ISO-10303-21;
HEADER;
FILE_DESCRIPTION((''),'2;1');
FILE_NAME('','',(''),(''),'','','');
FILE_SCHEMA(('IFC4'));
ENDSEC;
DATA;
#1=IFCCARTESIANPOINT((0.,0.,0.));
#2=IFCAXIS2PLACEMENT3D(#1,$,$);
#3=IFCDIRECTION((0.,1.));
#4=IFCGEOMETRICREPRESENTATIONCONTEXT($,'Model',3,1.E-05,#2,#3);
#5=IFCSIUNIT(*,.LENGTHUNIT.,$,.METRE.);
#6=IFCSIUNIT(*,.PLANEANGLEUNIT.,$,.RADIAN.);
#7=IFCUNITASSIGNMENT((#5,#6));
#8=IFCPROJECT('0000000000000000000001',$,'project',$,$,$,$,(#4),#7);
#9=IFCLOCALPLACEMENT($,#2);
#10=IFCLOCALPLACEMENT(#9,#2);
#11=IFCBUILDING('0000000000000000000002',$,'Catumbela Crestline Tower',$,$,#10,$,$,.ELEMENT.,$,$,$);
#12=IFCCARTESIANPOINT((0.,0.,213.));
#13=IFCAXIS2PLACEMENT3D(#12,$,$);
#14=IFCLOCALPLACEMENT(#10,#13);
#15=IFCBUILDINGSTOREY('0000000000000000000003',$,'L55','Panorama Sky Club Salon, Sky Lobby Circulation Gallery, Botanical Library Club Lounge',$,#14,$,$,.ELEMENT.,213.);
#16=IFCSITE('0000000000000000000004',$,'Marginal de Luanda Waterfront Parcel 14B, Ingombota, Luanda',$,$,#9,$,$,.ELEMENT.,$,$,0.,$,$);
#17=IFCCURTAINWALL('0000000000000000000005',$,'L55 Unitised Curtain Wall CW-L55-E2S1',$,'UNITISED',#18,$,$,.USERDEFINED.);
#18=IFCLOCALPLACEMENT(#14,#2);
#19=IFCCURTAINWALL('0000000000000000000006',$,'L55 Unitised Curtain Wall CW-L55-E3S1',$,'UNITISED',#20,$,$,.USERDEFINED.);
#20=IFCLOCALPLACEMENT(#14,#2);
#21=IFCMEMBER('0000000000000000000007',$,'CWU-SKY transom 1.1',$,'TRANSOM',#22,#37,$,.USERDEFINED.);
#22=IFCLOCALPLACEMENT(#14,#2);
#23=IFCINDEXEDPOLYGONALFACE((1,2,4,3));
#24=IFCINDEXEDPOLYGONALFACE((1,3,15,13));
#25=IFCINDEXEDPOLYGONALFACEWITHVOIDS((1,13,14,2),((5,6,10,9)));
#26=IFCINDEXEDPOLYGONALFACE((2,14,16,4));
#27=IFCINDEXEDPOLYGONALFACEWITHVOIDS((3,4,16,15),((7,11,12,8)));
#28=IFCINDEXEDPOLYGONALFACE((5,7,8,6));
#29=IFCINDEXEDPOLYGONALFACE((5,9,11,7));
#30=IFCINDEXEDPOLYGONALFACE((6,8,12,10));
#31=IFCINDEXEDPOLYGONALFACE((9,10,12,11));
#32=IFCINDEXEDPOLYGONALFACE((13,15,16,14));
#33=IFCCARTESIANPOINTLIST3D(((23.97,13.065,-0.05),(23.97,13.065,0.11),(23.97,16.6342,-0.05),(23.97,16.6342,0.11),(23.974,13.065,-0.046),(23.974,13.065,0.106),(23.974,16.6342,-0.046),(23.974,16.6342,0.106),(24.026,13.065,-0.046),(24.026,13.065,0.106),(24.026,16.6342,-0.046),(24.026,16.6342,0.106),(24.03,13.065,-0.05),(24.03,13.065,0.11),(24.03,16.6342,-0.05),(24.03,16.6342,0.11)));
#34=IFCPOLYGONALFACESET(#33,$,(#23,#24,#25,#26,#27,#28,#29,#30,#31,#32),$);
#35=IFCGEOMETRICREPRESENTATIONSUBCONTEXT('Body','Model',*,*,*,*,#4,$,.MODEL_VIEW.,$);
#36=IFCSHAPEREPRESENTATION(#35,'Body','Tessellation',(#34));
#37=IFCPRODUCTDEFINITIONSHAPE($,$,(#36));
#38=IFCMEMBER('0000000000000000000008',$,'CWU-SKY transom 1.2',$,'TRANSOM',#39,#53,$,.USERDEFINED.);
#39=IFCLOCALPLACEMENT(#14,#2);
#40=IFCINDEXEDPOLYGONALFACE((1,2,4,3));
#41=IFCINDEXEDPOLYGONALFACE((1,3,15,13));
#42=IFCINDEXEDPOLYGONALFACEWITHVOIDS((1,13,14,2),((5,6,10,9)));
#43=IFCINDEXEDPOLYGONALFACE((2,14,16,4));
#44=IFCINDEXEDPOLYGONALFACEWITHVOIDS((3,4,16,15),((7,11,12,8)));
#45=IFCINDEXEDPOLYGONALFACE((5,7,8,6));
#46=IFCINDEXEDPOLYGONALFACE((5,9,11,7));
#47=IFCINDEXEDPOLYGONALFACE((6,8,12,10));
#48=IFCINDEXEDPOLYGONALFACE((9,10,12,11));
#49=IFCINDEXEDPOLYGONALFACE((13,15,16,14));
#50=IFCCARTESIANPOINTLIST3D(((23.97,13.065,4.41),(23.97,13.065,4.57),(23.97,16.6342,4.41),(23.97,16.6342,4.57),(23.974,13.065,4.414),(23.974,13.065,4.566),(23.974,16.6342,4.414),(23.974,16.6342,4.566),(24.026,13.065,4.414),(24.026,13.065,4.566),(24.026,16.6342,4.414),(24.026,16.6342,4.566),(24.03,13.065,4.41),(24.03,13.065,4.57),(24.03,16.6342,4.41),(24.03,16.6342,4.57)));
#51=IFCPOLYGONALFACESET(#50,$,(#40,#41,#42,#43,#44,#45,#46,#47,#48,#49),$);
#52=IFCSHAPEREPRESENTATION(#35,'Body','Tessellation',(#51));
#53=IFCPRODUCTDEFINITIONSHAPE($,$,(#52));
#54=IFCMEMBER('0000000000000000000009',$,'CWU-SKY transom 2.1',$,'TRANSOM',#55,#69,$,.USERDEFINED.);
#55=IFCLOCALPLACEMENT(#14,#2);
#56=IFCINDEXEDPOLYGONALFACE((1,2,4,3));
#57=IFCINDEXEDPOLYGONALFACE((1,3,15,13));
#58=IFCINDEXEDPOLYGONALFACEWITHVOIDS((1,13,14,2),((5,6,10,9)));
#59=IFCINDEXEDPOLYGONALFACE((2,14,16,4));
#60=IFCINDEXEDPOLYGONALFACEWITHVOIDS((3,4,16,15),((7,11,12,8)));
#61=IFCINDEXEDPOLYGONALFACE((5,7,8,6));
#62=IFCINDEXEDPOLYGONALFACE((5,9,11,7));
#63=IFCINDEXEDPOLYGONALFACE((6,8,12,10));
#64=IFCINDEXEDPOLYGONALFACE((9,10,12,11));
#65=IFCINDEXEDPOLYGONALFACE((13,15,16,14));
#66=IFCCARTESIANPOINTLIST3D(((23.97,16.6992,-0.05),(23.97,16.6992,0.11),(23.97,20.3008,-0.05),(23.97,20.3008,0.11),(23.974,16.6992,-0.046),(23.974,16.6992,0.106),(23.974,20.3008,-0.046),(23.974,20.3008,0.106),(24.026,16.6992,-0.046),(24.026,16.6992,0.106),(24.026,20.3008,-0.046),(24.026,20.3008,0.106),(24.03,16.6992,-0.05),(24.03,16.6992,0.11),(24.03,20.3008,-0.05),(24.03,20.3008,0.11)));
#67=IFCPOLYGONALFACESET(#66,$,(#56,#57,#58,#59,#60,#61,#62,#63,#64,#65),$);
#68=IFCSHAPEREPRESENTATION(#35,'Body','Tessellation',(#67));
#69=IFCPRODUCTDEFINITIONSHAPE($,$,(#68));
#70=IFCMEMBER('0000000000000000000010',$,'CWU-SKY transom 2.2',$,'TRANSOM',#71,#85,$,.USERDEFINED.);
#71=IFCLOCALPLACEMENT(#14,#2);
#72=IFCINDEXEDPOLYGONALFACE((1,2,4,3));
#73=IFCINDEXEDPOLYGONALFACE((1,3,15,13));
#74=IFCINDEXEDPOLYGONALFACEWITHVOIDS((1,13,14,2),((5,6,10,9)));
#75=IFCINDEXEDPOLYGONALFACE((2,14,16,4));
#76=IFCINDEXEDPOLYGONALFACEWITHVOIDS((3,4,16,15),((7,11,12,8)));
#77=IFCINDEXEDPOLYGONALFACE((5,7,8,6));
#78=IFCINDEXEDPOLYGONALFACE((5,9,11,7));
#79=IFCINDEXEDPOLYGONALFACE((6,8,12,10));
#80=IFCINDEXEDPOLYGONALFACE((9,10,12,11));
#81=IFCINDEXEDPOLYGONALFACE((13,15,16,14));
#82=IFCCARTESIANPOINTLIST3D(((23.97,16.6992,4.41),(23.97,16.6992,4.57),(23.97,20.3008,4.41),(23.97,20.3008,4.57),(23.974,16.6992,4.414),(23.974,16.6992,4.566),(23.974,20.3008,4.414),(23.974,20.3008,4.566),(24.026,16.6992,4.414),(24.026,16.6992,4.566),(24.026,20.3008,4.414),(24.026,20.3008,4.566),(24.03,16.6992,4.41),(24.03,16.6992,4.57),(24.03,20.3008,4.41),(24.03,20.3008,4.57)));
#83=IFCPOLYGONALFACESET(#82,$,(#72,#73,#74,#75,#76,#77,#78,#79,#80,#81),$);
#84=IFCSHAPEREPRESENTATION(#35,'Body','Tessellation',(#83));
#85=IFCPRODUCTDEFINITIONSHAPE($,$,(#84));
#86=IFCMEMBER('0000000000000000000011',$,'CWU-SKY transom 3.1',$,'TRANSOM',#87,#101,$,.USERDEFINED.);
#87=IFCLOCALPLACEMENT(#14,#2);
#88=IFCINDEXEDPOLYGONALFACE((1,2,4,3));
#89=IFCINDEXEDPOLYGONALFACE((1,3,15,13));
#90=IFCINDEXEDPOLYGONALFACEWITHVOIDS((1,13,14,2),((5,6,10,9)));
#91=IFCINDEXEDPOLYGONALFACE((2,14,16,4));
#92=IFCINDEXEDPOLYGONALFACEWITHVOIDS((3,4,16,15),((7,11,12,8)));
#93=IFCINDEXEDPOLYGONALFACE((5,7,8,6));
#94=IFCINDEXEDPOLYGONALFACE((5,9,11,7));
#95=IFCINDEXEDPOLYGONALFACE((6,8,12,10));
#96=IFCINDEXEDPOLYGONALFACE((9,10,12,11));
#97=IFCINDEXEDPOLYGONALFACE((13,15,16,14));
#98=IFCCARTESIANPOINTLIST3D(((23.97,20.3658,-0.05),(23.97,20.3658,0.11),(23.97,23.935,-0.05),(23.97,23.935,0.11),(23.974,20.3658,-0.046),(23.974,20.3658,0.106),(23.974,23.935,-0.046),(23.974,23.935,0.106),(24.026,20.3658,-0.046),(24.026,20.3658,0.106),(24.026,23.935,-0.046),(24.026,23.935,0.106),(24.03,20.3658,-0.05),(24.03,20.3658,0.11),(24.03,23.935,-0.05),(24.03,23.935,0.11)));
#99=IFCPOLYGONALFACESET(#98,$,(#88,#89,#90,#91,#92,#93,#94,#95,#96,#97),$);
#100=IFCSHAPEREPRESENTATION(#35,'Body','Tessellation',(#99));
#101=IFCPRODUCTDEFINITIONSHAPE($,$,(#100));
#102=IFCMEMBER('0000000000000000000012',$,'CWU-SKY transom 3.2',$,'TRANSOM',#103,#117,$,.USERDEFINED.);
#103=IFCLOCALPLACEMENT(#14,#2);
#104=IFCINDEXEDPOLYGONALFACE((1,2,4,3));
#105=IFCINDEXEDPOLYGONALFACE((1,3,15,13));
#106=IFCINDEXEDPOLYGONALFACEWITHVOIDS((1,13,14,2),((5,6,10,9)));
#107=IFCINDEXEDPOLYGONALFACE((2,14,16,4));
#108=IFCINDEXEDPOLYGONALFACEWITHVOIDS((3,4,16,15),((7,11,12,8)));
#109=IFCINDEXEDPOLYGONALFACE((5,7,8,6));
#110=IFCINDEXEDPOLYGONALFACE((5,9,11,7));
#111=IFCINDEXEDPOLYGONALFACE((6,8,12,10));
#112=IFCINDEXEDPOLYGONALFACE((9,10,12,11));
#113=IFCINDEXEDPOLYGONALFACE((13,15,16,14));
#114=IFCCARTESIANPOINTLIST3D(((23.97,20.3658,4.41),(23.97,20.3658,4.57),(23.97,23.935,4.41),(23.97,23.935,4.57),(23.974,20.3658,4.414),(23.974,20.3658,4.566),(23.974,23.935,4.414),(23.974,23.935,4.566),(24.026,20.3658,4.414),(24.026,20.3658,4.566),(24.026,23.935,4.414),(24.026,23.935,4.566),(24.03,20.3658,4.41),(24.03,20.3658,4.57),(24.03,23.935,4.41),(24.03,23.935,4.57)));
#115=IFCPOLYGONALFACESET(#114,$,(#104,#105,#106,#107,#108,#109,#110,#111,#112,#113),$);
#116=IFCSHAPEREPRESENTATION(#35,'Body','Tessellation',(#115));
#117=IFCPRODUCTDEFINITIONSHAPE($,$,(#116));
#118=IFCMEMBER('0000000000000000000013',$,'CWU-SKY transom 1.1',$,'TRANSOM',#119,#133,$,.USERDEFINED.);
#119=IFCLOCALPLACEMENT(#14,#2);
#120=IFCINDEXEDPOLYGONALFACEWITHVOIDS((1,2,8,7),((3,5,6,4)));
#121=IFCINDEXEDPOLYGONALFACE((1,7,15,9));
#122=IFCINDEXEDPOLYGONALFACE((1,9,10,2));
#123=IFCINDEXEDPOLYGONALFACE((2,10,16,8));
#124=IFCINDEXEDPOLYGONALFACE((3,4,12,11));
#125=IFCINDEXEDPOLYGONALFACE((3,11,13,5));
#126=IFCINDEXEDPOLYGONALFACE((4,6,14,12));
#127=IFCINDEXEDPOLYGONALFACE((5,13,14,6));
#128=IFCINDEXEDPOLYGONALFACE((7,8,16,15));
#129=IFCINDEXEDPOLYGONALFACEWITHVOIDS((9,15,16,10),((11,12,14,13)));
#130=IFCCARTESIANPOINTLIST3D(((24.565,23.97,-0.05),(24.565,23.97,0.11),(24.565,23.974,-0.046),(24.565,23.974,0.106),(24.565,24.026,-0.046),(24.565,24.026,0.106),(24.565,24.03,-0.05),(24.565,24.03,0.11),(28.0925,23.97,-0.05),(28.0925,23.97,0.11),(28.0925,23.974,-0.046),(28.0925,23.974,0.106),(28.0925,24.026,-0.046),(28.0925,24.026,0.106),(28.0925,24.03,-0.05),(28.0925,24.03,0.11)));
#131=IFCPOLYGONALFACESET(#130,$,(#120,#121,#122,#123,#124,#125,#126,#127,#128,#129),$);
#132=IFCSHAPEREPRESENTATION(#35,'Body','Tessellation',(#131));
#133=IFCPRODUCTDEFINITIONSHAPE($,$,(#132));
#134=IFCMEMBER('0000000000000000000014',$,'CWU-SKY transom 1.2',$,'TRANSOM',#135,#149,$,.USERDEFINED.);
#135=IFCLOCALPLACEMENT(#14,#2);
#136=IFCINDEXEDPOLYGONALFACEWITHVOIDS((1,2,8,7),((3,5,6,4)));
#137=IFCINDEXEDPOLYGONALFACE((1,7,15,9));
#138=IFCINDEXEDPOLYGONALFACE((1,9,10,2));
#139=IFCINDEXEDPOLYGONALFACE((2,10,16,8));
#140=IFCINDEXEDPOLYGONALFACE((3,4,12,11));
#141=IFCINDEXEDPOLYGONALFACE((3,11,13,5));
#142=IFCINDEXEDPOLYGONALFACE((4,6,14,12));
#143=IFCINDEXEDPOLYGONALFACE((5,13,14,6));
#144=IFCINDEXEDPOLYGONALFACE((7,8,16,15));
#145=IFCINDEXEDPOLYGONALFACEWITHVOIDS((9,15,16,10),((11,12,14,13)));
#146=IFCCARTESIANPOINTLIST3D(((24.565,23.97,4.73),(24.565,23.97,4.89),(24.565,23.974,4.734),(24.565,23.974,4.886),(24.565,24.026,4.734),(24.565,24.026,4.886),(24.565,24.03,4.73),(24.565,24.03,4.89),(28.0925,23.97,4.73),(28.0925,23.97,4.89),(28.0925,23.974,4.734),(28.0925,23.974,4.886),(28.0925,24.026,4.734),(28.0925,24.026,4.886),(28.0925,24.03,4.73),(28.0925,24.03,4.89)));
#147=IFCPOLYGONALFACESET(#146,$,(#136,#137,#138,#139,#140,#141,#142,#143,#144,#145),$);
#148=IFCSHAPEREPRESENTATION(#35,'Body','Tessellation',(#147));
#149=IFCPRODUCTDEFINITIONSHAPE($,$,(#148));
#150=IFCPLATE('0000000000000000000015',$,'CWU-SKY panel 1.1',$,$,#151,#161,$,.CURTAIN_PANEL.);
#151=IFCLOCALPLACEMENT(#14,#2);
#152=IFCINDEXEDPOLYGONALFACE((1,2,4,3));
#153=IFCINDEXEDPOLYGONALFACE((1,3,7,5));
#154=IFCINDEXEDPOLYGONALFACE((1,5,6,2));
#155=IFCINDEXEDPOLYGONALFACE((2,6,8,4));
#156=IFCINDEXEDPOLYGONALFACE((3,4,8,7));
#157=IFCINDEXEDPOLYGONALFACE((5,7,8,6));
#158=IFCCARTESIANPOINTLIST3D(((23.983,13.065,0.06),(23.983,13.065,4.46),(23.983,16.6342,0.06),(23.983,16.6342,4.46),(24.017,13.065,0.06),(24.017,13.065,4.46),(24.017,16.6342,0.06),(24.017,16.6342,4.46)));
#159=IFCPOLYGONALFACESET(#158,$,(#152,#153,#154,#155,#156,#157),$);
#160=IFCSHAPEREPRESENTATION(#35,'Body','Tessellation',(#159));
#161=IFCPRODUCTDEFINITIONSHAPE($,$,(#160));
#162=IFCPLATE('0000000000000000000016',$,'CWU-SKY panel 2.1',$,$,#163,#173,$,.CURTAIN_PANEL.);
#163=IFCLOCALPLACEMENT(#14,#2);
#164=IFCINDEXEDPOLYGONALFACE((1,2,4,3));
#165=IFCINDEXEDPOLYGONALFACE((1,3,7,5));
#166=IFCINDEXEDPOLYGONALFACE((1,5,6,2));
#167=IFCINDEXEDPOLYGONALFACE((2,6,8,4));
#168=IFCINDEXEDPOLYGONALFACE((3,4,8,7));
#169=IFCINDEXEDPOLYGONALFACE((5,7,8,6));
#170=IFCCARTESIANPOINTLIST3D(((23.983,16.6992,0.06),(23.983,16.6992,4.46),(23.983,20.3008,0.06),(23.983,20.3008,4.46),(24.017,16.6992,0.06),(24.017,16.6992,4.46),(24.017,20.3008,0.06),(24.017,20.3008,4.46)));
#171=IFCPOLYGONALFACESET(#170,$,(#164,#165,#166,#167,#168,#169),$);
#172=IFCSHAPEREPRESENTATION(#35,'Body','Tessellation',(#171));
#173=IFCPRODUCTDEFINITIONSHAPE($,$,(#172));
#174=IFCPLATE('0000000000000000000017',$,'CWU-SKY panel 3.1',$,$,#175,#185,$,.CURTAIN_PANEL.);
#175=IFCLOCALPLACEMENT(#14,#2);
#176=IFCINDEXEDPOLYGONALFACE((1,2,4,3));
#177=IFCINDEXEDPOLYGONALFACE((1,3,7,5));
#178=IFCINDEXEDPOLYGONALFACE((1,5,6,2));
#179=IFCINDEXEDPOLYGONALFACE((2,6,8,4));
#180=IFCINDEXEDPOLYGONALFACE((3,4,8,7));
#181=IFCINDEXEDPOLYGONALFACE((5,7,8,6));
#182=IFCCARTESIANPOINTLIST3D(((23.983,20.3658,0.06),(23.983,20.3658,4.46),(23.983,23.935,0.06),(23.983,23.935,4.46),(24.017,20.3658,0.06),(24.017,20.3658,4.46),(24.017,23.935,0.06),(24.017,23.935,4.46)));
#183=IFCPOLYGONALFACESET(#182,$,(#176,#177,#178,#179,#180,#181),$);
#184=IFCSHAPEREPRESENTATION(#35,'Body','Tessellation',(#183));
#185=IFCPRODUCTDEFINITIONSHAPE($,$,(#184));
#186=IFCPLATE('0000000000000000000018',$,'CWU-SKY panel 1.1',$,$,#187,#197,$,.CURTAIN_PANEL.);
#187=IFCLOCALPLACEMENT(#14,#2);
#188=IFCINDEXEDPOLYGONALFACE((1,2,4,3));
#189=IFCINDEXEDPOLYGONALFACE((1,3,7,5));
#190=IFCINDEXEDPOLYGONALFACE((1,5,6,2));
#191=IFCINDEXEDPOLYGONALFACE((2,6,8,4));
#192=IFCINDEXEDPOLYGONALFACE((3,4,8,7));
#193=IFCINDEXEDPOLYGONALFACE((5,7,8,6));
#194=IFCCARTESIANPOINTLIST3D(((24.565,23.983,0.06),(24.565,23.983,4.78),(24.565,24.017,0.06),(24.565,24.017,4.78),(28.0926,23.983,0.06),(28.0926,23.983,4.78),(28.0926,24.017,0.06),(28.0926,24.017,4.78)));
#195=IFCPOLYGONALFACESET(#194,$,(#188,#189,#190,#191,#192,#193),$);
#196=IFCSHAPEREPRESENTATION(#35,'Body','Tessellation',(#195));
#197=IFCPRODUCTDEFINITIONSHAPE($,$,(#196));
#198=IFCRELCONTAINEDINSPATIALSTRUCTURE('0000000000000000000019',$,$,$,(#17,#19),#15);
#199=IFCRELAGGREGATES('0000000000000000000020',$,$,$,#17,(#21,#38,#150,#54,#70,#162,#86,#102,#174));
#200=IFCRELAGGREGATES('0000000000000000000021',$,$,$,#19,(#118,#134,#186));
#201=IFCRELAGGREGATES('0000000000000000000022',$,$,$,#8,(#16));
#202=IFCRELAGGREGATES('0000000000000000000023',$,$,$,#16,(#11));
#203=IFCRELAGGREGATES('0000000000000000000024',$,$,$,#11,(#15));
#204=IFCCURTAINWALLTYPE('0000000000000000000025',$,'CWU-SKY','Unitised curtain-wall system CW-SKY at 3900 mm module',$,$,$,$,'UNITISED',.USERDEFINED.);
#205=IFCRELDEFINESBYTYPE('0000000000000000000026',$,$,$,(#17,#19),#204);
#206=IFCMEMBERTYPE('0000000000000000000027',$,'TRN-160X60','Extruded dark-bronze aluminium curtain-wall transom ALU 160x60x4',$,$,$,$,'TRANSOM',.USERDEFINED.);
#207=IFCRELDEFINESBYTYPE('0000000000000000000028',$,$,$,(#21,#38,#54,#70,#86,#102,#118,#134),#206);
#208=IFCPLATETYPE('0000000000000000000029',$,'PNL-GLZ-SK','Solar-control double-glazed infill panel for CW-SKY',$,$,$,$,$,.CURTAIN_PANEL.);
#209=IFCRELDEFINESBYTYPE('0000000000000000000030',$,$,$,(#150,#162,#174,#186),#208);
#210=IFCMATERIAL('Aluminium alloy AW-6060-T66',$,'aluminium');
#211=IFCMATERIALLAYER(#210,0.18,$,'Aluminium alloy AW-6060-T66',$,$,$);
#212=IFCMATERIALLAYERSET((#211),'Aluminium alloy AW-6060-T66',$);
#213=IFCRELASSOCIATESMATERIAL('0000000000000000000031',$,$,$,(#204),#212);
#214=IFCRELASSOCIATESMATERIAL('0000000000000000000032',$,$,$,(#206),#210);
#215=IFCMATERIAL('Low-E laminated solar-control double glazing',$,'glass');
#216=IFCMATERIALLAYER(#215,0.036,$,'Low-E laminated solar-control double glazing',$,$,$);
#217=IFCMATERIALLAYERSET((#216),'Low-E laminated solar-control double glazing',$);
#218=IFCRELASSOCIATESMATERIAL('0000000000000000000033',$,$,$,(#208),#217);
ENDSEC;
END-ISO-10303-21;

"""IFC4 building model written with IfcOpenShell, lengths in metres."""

from ifc_helpers import new_model, si_unit, direction, frame, origin, origin_2d, place, context, subcontext, project, spatial, rectangle, hollow_rectangle, extrude, material, layer, layer_set, material_profile, profile_set, type_object, element, aggregate, save


model = new_model("IFC4")

# Units and contexts
model_context = context("Model", 3, precision=1e-05, world=origin(), true_north=direction((0.0, 1.0)))
body_context = subcontext(model_context, "Body", "Model", "MODEL_VIEW")
ifc_project = project(units=[si_unit("LENGTHUNIT", "METRE"), si_unit("PLANEANGLEUNIT", "RADIAN")], contexts=[model_context])

# Site, building, storey
site_placement = place(None, origin())
site = spatial("IfcSite", under=ifc_project, at=site_placement, Name="Marginal de Luanda Waterfront Parcel 14B, Ingombota, Luanda", CompositionType="ELEMENT", RefElevation=0.0)
building_placement = place(site_placement, origin())
building = spatial("IfcBuilding", under=site, at=building_placement, Name="Catumbela Crestline Tower", CompositionType="ELEMENT")
storey_placement = place(building_placement, frame((0.0, 0.0, 213.0)))
storey = spatial("IfcBuildingStorey", under=building, at=storey_placement, Name="L55", Description="Panorama Sky Club Salon, Sky Lobby Circulation Gallery, Botanical Library Club Lounge", CompositionType="ELEMENT", Elevation=213.0)

# Curtain wall
ifc_material_1 = material(Name="Aluminium alloy AW-6060-T66", Category="aluminium")
ifc_layer_1 = layer(ifc_material_1, 0.18, Name="Aluminium alloy AW-6060-T66")
ifc_layer_set_1 = layer_set([ifc_layer_1], Name="Aluminium alloy AW-6060-T66")
curtain_wall_type = type_object("IfcCurtainWallType", Name="CWU-SKY", Description="Unitised curtain-wall system CW-SKY at 3900 mm module", ElementType="UNITISED", PredefinedType="USERDEFINED", material=ifc_layer_set_1)
curtain_wall_1_placement = place(storey_placement, origin())
curtain_wall_1 = element("IfcCurtainWall", 1, at=curtain_wall_1_placement, inside=storey, type_object=curtain_wall_type, Name="L55 Unitised Curtain Wall CW-L55-E2S1", ObjectType="UNITISED", PredefinedType="USERDEFINED")

# Curtain wall
curtain_wall_2_placement = place(storey_placement, origin())
curtain_wall_2 = element("IfcCurtainWall", 2, at=curtain_wall_2_placement, inside=storey, type_object=curtain_wall_type, Name="L55 Unitised Curtain Wall CW-L55-E3S1", ObjectType="UNITISED", PredefinedType="USERDEFINED")

# Members
ifc_material_profile_1 = material_profile(ifc_material_1, hollow_rectangle(XDim=0.06, YDim=0.16, WallThickness=0.004, at=origin_2d()), Name="ALU 160x60x4")
ifc_profile_set_1 = profile_set([ifc_material_profile_1], Name="Aluminium alloy AW-6060-T66")
member_type_1 = type_object("IfcMemberType", Name="TRN-160X60", Description="Extruded dark-bronze aluminium curtain-wall transom ALU 160x60x4", ElementType="TRANSOM", PredefinedType="USERDEFINED", material=ifc_profile_set_1)
member_1_placement = place(storey_placement, frame((24.0, 13.065, 0.03), z_axis=(0.0, 1.0, 0.0), x_axis=(-1.0, 0.0, 0.0)))
member_1 = element("IfcMember", 3, at=member_1_placement, type_object=member_type_1, Name="CWU-SKY transom 1.1", ObjectType="TRANSOM", PredefinedType="USERDEFINED", context=body_context, shape_type="SweptSolid", body=[
    extrude(hollow_rectangle(XDim=0.06, YDim=0.16, WallThickness=0.004, at=origin_2d()), origin(), (0.0, 0.0, 1.0), 3.5692),
])
member_2_placement = place(storey_placement, frame((24.0, 13.065, 4.49), z_axis=(0.0, 1.0, 0.0), x_axis=(-1.0, 0.0, 0.0)))
member_2 = element("IfcMember", 4, at=member_2_placement, type_object=member_type_1, Name="CWU-SKY transom 1.2", ObjectType="TRANSOM", PredefinedType="USERDEFINED", context=body_context, shape_type="SweptSolid", body=[
    extrude(hollow_rectangle(XDim=0.06, YDim=0.16, WallThickness=0.004, at=origin_2d()), origin(), (0.0, 0.0, 1.0), 3.5692),
])
member_3_placement = place(storey_placement, frame((24.0, 16.6992, 0.03), z_axis=(0.0, 1.0, 0.0), x_axis=(-1.0, 0.0, 0.0)))
member_3 = element("IfcMember", 5, at=member_3_placement, type_object=member_type_1, Name="CWU-SKY transom 2.1", ObjectType="TRANSOM", PredefinedType="USERDEFINED", context=body_context, shape_type="SweptSolid", body=[
    extrude(hollow_rectangle(XDim=0.06, YDim=0.16, WallThickness=0.004, at=origin_2d()), origin(), (0.0, 0.0, 1.0), 3.6016),
])
member_4_placement = place(storey_placement, frame((24.0, 16.6992, 4.49), z_axis=(0.0, 1.0, 0.0), x_axis=(-1.0, 0.0, 0.0)))
member_4 = element("IfcMember", 6, at=member_4_placement, type_object=member_type_1, Name="CWU-SKY transom 2.2", ObjectType="TRANSOM", PredefinedType="USERDEFINED", context=body_context, shape_type="SweptSolid", body=[
    extrude(hollow_rectangle(XDim=0.06, YDim=0.16, WallThickness=0.004, at=origin_2d()), origin(), (0.0, 0.0, 1.0), 3.6016),
])
member_5_placement = place(storey_placement, frame((24.0, 20.3658, 0.03), z_axis=(0.0, 1.0, 0.0), x_axis=(-1.0, 0.0, 0.0)))
member_5 = element("IfcMember", 7, at=member_5_placement, type_object=member_type_1, Name="CWU-SKY transom 3.1", ObjectType="TRANSOM", PredefinedType="USERDEFINED", context=body_context, shape_type="SweptSolid", body=[
    extrude(hollow_rectangle(XDim=0.06, YDim=0.16, WallThickness=0.004, at=origin_2d()), origin(), (0.0, 0.0, 1.0), 3.5692),
])
member_6_placement = place(storey_placement, frame((24.0, 20.3658, 4.49), z_axis=(0.0, 1.0, 0.0), x_axis=(-1.0, 0.0, 0.0)))
member_6 = element("IfcMember", 8, at=member_6_placement, type_object=member_type_1, Name="CWU-SKY transom 3.2", ObjectType="TRANSOM", PredefinedType="USERDEFINED", context=body_context, shape_type="SweptSolid", body=[
    extrude(hollow_rectangle(XDim=0.06, YDim=0.16, WallThickness=0.004, at=origin_2d()), origin(), (0.0, 0.0, 1.0), 3.5692),
])
member_7_placement = place(storey_placement, frame((24.565, 24.0, 0.03), z_axis=(1.0, 0.0, 0.0), x_axis=(0.0, 1.0, 0.0)))
member_7 = element("IfcMember", 9, at=member_7_placement, type_object=member_type_1, Name="CWU-SKY transom 1.1", ObjectType="TRANSOM", PredefinedType="USERDEFINED", context=body_context, shape_type="SweptSolid", body=[
    extrude(hollow_rectangle(XDim=0.06, YDim=0.16, WallThickness=0.004, at=origin_2d()), origin(), (0.0, 0.0, 1.0), 3.5275),
])
member_8_placement = place(storey_placement, frame((24.565, 24.0, 4.81), z_axis=(1.0, 0.0, 0.0), x_axis=(0.0, 1.0, 0.0)))
member_8 = element("IfcMember", 10, at=member_8_placement, type_object=member_type_1, Name="CWU-SKY transom 1.2", ObjectType="TRANSOM", PredefinedType="USERDEFINED", context=body_context, shape_type="SweptSolid", body=[
    extrude(hollow_rectangle(XDim=0.06, YDim=0.16, WallThickness=0.004, at=origin_2d()), origin(), (0.0, 0.0, 1.0), 3.5275),
])

# Plates
ifc_material_2 = material(Name="Low-E laminated solar-control double glazing", Category="glass")
ifc_layer_2 = layer(ifc_material_2, 0.036, Name="Low-E laminated solar-control double glazing")
ifc_layer_set_2 = layer_set([ifc_layer_2], Name="Low-E laminated solar-control double glazing")
plate_type = type_object("IfcPlateType", Name="PNL-GLZ-SK", Description="Solar-control double-glazed infill panel for CW-SKY", PredefinedType="CURTAIN_PANEL", material=ifc_layer_set_2)
plate_1_placement = place(storey_placement, frame((24.0, 14.8496, 0.06), z_axis=(0.0, 0.0, 1.0), x_axis=(0.0, 1.0, 0.0)))
plate_1 = element("IfcPlate", 11, at=plate_1_placement, type_object=plate_type, Name="CWU-SKY panel 1.1", PredefinedType="CURTAIN_PANEL", context=body_context, shape_type="SweptSolid", body=[
    extrude(rectangle(XDim=3.5692, YDim=0.034, at=origin_2d()), origin(), (0.0, 0.0, 1.0), 4.4),
])
plate_2_placement = place(storey_placement, frame((24.0, 18.5, 0.06), z_axis=(0.0, 0.0, 1.0), x_axis=(0.0, 1.0, 0.0)))
plate_2 = element("IfcPlate", 12, at=plate_2_placement, type_object=plate_type, Name="CWU-SKY panel 2.1", PredefinedType="CURTAIN_PANEL", context=body_context, shape_type="SweptSolid", body=[
    extrude(rectangle(XDim=3.6017, YDim=0.034, at=origin_2d()), origin(), (0.0, 0.0, 1.0), 4.4),
])
plate_3_placement = place(storey_placement, frame((24.0, 22.1504, 0.06), z_axis=(0.0, 0.0, 1.0), x_axis=(0.0, 1.0, 0.0)))
plate_3 = element("IfcPlate", 13, at=plate_3_placement, type_object=plate_type, Name="CWU-SKY panel 3.1", PredefinedType="CURTAIN_PANEL", context=body_context, shape_type="SweptSolid", body=[
    extrude(rectangle(XDim=3.5692, YDim=0.034, at=origin_2d()), origin(), (0.0, 0.0, 1.0), 4.4),
])
aggregate(curtain_wall_1, [member_1, member_2, plate_1, member_3, member_4, plate_2, member_5, member_6, plate_3])
plate_4_placement = place(storey_placement, frame((26.3288, 24.0, 0.06), z_axis=(0.0, 0.0, 1.0), x_axis=(1.0, 0.0, 0.0)))
plate_4 = element("IfcPlate", 14, at=plate_4_placement, type_object=plate_type, Name="CWU-SKY panel 1.1", PredefinedType="CURTAIN_PANEL", context=body_context, shape_type="SweptSolid", body=[
    extrude(rectangle(XDim=3.5275, YDim=0.034, at=origin_2d()), origin(), (0.0, 0.0, 1.0), 4.72),
])
aggregate(curtain_wall_2, [member_7, member_8, plate_4])

save(model, "model.ifc")
